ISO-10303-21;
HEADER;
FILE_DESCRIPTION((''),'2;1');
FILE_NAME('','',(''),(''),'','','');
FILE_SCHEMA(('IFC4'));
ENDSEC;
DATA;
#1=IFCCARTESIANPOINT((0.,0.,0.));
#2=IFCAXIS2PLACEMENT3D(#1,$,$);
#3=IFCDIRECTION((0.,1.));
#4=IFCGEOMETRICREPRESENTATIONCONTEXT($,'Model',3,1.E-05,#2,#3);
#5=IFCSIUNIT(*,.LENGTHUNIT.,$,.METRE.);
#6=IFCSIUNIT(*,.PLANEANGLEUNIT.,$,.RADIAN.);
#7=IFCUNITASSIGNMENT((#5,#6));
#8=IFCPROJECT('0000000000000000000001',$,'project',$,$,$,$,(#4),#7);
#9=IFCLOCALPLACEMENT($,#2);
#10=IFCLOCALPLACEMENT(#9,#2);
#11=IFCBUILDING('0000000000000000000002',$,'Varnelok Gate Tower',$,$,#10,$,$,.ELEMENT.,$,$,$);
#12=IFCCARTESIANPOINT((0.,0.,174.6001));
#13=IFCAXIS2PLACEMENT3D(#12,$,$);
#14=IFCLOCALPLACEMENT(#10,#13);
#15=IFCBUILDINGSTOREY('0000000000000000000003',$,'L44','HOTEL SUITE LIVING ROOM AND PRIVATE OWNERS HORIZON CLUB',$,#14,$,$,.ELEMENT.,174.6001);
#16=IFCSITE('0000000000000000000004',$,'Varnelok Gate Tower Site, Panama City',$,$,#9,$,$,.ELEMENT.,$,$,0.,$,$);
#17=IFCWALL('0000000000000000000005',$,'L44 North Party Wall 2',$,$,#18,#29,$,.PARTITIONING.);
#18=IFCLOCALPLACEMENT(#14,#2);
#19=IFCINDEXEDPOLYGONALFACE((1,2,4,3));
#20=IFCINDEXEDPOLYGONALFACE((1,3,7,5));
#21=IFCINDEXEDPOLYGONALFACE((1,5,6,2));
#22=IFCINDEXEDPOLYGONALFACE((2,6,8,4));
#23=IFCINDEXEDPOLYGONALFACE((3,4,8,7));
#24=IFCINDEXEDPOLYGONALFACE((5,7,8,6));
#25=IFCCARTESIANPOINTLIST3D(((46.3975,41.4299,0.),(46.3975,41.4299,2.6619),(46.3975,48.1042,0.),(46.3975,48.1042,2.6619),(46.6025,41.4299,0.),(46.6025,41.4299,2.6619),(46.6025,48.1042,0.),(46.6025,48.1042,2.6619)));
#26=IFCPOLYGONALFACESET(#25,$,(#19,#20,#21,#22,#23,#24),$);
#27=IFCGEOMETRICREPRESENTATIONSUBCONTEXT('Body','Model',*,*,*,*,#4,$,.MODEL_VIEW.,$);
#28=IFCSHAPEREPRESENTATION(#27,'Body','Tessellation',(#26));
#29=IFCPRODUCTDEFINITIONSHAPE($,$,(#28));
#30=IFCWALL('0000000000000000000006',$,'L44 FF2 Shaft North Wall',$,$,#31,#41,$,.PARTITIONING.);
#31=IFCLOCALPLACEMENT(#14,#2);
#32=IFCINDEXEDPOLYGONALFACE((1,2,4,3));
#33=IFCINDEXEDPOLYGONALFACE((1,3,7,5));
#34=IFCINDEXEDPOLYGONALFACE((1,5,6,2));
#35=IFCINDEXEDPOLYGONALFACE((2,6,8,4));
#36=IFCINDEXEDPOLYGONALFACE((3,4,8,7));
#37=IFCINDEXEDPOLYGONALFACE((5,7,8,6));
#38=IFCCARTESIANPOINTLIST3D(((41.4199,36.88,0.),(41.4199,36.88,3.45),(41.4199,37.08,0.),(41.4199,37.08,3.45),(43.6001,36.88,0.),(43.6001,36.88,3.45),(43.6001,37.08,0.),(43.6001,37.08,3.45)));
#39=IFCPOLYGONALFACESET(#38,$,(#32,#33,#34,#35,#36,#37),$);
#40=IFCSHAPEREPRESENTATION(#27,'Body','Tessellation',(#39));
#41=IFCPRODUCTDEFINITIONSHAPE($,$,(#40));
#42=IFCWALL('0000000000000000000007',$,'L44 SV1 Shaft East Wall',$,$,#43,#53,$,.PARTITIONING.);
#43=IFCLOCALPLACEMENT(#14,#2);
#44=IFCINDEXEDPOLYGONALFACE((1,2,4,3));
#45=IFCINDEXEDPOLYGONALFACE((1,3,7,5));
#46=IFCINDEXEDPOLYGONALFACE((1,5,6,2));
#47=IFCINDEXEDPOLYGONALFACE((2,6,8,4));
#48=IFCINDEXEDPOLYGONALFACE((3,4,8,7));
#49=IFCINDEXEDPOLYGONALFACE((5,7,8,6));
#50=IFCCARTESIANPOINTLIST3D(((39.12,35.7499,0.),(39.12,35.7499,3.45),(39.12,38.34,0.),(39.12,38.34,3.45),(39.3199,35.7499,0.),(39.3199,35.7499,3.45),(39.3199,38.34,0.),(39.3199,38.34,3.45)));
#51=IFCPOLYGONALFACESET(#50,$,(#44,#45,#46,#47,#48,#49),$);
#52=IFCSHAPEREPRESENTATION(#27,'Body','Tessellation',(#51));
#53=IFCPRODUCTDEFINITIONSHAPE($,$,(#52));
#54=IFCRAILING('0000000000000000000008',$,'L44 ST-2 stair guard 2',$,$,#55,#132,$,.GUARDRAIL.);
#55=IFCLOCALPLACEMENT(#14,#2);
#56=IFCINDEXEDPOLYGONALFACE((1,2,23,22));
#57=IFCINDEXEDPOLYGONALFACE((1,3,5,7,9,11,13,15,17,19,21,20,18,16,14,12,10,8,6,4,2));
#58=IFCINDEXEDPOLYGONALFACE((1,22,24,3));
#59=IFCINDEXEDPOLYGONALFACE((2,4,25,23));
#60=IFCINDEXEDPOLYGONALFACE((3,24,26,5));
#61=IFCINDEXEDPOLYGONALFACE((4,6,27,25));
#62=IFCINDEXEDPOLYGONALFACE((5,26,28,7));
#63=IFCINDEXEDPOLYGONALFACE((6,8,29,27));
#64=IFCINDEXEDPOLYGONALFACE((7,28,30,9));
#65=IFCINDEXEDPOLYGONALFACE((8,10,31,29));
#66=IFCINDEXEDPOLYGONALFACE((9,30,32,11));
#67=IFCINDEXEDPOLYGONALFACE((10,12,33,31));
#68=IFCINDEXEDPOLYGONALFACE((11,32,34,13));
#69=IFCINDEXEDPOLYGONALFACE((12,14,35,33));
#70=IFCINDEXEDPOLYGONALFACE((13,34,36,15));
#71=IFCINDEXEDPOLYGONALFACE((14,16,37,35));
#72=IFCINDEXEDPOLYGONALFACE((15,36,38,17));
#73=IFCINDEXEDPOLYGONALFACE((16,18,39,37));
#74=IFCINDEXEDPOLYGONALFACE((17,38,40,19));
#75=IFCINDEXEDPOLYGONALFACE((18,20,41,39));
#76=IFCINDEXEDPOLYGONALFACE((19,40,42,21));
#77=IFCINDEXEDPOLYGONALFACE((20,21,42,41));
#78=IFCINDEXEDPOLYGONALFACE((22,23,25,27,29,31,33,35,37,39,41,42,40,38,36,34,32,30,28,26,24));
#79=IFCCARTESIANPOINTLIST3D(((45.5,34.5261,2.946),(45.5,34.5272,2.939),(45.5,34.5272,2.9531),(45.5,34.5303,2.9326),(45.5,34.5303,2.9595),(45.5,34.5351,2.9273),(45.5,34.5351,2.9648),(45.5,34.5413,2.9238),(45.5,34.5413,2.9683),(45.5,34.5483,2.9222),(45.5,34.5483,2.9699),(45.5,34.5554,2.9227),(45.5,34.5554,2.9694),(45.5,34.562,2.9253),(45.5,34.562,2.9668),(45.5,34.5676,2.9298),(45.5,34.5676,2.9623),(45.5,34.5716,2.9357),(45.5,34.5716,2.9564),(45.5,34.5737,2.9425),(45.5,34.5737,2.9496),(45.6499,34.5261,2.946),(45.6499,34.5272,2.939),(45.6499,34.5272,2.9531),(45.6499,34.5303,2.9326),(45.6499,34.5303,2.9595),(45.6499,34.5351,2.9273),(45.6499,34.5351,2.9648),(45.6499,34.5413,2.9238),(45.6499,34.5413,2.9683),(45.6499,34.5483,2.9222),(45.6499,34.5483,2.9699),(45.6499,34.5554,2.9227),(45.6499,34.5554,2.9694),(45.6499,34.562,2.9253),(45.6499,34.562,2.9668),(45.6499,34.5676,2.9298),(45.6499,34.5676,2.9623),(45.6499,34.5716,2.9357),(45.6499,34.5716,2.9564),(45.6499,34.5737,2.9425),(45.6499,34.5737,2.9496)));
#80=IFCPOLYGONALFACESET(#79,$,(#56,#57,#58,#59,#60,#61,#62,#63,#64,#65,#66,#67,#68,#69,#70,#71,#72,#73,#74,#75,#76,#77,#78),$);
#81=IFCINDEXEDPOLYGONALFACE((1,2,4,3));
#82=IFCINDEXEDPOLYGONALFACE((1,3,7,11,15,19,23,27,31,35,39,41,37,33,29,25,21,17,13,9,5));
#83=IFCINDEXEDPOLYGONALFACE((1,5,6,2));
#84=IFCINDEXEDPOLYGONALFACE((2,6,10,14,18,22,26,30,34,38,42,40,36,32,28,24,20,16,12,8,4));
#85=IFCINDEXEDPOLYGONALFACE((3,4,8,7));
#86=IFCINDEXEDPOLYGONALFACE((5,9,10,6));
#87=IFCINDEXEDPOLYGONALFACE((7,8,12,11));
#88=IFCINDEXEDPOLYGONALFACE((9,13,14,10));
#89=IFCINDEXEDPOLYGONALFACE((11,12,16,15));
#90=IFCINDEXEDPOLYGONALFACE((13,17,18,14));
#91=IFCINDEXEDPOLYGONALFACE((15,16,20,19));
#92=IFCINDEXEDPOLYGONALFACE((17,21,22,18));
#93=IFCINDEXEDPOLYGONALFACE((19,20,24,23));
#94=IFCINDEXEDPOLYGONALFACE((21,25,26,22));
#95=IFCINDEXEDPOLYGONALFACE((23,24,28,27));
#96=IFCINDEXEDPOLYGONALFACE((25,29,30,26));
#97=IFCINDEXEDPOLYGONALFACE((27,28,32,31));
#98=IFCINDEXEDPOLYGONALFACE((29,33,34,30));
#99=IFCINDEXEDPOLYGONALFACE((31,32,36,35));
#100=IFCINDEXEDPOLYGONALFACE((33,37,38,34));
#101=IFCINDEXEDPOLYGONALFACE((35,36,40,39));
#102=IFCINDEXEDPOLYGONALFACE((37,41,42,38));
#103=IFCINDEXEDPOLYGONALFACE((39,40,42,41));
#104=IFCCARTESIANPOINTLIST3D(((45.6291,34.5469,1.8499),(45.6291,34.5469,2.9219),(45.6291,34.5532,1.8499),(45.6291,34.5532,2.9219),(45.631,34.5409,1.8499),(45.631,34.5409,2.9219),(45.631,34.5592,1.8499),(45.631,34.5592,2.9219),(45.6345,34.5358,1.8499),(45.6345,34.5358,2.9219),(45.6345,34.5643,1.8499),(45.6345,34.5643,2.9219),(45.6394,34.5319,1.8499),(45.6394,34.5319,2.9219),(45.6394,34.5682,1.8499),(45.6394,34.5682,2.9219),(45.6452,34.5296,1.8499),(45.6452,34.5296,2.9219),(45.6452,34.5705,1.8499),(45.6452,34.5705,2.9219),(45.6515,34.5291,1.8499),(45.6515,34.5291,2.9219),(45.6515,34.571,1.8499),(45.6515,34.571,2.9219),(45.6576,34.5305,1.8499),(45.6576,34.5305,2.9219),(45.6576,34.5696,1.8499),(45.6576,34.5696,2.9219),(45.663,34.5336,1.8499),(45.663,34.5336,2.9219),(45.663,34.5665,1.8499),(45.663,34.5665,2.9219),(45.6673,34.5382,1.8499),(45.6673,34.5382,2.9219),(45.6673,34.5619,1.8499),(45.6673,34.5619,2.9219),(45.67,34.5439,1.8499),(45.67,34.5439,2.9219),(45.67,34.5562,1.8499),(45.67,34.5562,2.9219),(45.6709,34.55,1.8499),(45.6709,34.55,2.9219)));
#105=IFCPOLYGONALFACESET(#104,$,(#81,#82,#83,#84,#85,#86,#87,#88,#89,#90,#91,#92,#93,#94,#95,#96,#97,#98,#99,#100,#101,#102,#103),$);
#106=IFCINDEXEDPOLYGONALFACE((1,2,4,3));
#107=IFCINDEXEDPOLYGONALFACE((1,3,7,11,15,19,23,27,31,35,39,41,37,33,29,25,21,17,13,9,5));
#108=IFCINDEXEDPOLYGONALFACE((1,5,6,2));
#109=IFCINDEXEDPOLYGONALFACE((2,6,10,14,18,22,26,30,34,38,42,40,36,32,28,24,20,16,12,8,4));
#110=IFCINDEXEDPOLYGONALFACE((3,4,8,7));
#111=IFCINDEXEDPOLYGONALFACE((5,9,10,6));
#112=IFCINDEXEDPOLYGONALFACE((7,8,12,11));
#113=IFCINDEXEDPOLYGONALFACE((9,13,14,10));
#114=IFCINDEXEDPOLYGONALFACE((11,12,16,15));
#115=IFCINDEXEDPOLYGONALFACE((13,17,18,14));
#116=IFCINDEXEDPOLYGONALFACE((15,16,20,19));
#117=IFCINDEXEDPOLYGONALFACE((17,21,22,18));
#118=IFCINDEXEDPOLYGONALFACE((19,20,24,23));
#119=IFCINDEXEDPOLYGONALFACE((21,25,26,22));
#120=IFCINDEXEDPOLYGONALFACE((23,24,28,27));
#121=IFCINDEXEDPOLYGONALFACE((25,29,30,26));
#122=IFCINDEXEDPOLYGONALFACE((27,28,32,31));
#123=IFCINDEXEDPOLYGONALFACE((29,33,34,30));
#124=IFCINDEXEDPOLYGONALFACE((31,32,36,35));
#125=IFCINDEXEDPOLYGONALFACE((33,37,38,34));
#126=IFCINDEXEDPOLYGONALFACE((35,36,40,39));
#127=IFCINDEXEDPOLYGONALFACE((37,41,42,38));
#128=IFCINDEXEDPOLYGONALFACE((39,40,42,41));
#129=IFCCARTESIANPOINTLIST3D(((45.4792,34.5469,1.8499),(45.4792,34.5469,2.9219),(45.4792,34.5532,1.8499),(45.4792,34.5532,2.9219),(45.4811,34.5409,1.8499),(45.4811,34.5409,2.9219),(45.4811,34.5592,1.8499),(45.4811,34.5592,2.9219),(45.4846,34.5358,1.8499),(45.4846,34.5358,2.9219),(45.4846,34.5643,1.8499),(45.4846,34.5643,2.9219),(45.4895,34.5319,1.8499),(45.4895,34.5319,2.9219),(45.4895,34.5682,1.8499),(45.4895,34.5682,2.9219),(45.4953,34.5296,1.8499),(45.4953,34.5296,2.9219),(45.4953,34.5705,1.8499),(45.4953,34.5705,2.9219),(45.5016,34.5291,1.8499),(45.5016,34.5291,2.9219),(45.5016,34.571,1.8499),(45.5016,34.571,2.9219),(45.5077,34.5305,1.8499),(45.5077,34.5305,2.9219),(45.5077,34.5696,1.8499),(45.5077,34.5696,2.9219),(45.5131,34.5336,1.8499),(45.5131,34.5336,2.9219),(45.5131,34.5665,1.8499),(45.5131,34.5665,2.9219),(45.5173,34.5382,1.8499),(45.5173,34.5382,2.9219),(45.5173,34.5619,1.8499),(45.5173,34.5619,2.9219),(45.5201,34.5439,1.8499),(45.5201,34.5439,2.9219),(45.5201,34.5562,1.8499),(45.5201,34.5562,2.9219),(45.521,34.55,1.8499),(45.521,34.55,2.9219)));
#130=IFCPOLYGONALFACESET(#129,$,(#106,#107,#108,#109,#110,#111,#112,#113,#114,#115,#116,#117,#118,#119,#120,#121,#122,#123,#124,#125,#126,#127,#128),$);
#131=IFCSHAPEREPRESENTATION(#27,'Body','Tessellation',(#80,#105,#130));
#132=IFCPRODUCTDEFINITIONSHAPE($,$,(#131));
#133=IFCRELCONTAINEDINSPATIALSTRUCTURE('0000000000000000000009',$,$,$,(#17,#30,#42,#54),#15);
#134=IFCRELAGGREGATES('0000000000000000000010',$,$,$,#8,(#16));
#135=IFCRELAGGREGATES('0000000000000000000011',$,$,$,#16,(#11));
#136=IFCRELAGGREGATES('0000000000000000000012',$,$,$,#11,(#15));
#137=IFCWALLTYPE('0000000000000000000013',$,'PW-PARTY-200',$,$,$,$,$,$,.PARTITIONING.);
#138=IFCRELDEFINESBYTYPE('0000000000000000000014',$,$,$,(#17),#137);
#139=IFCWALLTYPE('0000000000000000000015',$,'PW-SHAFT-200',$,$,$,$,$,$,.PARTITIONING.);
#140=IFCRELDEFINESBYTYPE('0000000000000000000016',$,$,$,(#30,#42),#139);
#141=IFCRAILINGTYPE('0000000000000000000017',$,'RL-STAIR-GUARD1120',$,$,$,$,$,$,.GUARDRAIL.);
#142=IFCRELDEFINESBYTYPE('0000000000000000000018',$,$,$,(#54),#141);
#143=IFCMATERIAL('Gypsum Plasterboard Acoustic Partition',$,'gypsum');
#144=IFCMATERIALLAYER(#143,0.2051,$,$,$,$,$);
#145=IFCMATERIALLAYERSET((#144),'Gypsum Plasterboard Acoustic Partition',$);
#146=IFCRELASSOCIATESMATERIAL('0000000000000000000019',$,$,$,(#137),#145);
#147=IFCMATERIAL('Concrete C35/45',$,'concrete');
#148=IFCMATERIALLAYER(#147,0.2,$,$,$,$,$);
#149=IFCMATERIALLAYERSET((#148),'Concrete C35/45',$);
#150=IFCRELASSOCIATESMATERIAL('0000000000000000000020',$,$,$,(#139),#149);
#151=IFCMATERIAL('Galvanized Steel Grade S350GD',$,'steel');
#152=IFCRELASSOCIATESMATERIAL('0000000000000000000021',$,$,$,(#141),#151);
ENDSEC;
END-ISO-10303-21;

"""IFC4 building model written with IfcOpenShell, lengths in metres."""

from ifc_helpers import new_model, si_unit, direction, frame, frame_2d, origin, origin_2d, place, context, subcontext, project, spatial, rectangle, circle, extrude, material, layer, layer_set, type_object, element, save


model = new_model("IFC4")

# Units and contexts
model_context = context("Model", 3, precision=1e-05, world=origin(), true_north=direction((0.0, 1.0)))
body_context = subcontext(model_context, "Body", "Model", "MODEL_VIEW")
ifc_project = project(units=[si_unit("LENGTHUNIT", "METRE"), si_unit("PLANEANGLEUNIT", "RADIAN")], contexts=[model_context])

# Site, building, storey
site_placement = place(None, origin())
site = spatial("IfcSite", under=ifc_project, at=site_placement, Name="Varnelok Gate Tower Site, Panama City", CompositionType="ELEMENT", RefElevation=0.0)
building_placement = place(site_placement, origin())
building = spatial("IfcBuilding", under=site, at=building_placement, Name="Varnelok Gate Tower", CompositionType="ELEMENT")
storey_placement = place(building_placement, frame((0.0, 0.0, 174.6001)))
storey = spatial("IfcBuildingStorey", under=building, at=storey_placement, Name="L44", Description="HOTEL SUITE LIVING ROOM AND PRIVATE OWNERS HORIZON CLUB", CompositionType="ELEMENT", Elevation=174.6001)

# Shared definitions
ifc_material_1 = material(Name="Gypsum Plasterboard Acoustic Partition", Category="gypsum")

# Shared definitions
ifc_material_2 = material(Name="Galvanized Steel Grade S350GD", Category="steel")

# Walls
ifc_layer_1 = layer(ifc_material_1, 0.2051)
ifc_layer_set_1 = layer_set([ifc_layer_1], Name="Gypsum Plasterboard Acoustic Partition")
wall_type_1 = type_object("IfcWallType", Name="PW-PARTY-200", PredefinedType="PARTITIONING", material=ifc_layer_set_1)
wall_1_placement = place(storey_placement, frame((46.5, 41.4299, 0.0), z_axis=(0.0, 0.0, 1.0), x_axis=(0.0, 1.0, 0.0)))
element("IfcWall", 1, at=wall_1_placement, inside=storey, type_object=wall_type_1, Name="L44 North Party Wall 2", PredefinedType="PARTITIONING", context=body_context, shape_type="SweptSolid", body=[
    extrude(rectangle(XDim=6.6743, YDim=0.2051, at=frame_2d((3.3372, 0.0))), origin(), (0.0, 0.0, 1.0), 2.6619),
])
ifc_material_3 = material(Name="Concrete C35/45", Category="concrete")
ifc_layer_2 = layer(ifc_material_3, 0.2)
ifc_layer_set_2 = layer_set([ifc_layer_2], Name="Concrete C35/45")
wall_type_2 = type_object("IfcWallType", Name="PW-SHAFT-200", PredefinedType="PARTITIONING", material=ifc_layer_set_2)
wall_2_placement = place(storey_placement, frame((41.4199, 36.98, 0.0), z_axis=(0.0, 0.0, 1.0), x_axis=(1.0, 0.0, 0.0)))
element("IfcWall", 2, at=wall_2_placement, inside=storey, type_object=wall_type_2, Name="L44 FF2 Shaft North Wall", PredefinedType="PARTITIONING", context=body_context, shape_type="SweptSolid", body=[
    extrude(rectangle(XDim=2.1802, YDim=0.2, at=frame_2d((1.0901, 0.0))), origin(), (0.0, 0.0, 1.0), 3.45),
])
wall_3_placement = place(storey_placement, frame((39.22, 35.75, 0.0), z_axis=(0.0, 0.0, 1.0), x_axis=(0.0, 1.0, 0.0)))
element("IfcWall", 3, at=wall_3_placement, inside=storey, type_object=wall_type_2, Name="L44 SV1 Shaft East Wall", PredefinedType="PARTITIONING", context=body_context, shape_type="SweptSolid", body=[
    extrude(rectangle(XDim=2.5901, YDim=0.2, at=frame_2d((1.2949, 0.0))), origin(), (0.0, 0.0, 1.0), 3.45),
])

# Railing
railing_type_1 = type_object("IfcRailingType", Name="RL-STAIR-GUARD1120", PredefinedType="GUARDRAIL", material=ifc_material_2)
railing_1_placement = place(storey_placement, frame((45.6499, 34.55, 1.8499)))
element("IfcRailing", 4, at=railing_1_placement, inside=storey, type_object=railing_type_1, Name="L44 ST-2 stair guard 2", PredefinedType="GUARDRAIL", context=body_context, shape_type="SweptSolid", body=[
    extrude(circle(Radius=0.0239, at=origin_2d()), frame((0.0, 0.0, 1.0962), z_axis=(-1.0, 0.0, 0.0), x_axis=(0.0, -1.0, 0.0)), (0.0, 0.0, 1.0), 0.1499),
    extrude(circle(Radius=0.021, at=origin_2d()), origin(), (0.0, 0.0, 1.0), 1.072),
    extrude(circle(Radius=0.021, at=origin_2d()), frame((-0.1499, 0.0, 0.0)), (0.0, 0.0, 1.0), 1.072),
])

save(model, "model.ifc")
